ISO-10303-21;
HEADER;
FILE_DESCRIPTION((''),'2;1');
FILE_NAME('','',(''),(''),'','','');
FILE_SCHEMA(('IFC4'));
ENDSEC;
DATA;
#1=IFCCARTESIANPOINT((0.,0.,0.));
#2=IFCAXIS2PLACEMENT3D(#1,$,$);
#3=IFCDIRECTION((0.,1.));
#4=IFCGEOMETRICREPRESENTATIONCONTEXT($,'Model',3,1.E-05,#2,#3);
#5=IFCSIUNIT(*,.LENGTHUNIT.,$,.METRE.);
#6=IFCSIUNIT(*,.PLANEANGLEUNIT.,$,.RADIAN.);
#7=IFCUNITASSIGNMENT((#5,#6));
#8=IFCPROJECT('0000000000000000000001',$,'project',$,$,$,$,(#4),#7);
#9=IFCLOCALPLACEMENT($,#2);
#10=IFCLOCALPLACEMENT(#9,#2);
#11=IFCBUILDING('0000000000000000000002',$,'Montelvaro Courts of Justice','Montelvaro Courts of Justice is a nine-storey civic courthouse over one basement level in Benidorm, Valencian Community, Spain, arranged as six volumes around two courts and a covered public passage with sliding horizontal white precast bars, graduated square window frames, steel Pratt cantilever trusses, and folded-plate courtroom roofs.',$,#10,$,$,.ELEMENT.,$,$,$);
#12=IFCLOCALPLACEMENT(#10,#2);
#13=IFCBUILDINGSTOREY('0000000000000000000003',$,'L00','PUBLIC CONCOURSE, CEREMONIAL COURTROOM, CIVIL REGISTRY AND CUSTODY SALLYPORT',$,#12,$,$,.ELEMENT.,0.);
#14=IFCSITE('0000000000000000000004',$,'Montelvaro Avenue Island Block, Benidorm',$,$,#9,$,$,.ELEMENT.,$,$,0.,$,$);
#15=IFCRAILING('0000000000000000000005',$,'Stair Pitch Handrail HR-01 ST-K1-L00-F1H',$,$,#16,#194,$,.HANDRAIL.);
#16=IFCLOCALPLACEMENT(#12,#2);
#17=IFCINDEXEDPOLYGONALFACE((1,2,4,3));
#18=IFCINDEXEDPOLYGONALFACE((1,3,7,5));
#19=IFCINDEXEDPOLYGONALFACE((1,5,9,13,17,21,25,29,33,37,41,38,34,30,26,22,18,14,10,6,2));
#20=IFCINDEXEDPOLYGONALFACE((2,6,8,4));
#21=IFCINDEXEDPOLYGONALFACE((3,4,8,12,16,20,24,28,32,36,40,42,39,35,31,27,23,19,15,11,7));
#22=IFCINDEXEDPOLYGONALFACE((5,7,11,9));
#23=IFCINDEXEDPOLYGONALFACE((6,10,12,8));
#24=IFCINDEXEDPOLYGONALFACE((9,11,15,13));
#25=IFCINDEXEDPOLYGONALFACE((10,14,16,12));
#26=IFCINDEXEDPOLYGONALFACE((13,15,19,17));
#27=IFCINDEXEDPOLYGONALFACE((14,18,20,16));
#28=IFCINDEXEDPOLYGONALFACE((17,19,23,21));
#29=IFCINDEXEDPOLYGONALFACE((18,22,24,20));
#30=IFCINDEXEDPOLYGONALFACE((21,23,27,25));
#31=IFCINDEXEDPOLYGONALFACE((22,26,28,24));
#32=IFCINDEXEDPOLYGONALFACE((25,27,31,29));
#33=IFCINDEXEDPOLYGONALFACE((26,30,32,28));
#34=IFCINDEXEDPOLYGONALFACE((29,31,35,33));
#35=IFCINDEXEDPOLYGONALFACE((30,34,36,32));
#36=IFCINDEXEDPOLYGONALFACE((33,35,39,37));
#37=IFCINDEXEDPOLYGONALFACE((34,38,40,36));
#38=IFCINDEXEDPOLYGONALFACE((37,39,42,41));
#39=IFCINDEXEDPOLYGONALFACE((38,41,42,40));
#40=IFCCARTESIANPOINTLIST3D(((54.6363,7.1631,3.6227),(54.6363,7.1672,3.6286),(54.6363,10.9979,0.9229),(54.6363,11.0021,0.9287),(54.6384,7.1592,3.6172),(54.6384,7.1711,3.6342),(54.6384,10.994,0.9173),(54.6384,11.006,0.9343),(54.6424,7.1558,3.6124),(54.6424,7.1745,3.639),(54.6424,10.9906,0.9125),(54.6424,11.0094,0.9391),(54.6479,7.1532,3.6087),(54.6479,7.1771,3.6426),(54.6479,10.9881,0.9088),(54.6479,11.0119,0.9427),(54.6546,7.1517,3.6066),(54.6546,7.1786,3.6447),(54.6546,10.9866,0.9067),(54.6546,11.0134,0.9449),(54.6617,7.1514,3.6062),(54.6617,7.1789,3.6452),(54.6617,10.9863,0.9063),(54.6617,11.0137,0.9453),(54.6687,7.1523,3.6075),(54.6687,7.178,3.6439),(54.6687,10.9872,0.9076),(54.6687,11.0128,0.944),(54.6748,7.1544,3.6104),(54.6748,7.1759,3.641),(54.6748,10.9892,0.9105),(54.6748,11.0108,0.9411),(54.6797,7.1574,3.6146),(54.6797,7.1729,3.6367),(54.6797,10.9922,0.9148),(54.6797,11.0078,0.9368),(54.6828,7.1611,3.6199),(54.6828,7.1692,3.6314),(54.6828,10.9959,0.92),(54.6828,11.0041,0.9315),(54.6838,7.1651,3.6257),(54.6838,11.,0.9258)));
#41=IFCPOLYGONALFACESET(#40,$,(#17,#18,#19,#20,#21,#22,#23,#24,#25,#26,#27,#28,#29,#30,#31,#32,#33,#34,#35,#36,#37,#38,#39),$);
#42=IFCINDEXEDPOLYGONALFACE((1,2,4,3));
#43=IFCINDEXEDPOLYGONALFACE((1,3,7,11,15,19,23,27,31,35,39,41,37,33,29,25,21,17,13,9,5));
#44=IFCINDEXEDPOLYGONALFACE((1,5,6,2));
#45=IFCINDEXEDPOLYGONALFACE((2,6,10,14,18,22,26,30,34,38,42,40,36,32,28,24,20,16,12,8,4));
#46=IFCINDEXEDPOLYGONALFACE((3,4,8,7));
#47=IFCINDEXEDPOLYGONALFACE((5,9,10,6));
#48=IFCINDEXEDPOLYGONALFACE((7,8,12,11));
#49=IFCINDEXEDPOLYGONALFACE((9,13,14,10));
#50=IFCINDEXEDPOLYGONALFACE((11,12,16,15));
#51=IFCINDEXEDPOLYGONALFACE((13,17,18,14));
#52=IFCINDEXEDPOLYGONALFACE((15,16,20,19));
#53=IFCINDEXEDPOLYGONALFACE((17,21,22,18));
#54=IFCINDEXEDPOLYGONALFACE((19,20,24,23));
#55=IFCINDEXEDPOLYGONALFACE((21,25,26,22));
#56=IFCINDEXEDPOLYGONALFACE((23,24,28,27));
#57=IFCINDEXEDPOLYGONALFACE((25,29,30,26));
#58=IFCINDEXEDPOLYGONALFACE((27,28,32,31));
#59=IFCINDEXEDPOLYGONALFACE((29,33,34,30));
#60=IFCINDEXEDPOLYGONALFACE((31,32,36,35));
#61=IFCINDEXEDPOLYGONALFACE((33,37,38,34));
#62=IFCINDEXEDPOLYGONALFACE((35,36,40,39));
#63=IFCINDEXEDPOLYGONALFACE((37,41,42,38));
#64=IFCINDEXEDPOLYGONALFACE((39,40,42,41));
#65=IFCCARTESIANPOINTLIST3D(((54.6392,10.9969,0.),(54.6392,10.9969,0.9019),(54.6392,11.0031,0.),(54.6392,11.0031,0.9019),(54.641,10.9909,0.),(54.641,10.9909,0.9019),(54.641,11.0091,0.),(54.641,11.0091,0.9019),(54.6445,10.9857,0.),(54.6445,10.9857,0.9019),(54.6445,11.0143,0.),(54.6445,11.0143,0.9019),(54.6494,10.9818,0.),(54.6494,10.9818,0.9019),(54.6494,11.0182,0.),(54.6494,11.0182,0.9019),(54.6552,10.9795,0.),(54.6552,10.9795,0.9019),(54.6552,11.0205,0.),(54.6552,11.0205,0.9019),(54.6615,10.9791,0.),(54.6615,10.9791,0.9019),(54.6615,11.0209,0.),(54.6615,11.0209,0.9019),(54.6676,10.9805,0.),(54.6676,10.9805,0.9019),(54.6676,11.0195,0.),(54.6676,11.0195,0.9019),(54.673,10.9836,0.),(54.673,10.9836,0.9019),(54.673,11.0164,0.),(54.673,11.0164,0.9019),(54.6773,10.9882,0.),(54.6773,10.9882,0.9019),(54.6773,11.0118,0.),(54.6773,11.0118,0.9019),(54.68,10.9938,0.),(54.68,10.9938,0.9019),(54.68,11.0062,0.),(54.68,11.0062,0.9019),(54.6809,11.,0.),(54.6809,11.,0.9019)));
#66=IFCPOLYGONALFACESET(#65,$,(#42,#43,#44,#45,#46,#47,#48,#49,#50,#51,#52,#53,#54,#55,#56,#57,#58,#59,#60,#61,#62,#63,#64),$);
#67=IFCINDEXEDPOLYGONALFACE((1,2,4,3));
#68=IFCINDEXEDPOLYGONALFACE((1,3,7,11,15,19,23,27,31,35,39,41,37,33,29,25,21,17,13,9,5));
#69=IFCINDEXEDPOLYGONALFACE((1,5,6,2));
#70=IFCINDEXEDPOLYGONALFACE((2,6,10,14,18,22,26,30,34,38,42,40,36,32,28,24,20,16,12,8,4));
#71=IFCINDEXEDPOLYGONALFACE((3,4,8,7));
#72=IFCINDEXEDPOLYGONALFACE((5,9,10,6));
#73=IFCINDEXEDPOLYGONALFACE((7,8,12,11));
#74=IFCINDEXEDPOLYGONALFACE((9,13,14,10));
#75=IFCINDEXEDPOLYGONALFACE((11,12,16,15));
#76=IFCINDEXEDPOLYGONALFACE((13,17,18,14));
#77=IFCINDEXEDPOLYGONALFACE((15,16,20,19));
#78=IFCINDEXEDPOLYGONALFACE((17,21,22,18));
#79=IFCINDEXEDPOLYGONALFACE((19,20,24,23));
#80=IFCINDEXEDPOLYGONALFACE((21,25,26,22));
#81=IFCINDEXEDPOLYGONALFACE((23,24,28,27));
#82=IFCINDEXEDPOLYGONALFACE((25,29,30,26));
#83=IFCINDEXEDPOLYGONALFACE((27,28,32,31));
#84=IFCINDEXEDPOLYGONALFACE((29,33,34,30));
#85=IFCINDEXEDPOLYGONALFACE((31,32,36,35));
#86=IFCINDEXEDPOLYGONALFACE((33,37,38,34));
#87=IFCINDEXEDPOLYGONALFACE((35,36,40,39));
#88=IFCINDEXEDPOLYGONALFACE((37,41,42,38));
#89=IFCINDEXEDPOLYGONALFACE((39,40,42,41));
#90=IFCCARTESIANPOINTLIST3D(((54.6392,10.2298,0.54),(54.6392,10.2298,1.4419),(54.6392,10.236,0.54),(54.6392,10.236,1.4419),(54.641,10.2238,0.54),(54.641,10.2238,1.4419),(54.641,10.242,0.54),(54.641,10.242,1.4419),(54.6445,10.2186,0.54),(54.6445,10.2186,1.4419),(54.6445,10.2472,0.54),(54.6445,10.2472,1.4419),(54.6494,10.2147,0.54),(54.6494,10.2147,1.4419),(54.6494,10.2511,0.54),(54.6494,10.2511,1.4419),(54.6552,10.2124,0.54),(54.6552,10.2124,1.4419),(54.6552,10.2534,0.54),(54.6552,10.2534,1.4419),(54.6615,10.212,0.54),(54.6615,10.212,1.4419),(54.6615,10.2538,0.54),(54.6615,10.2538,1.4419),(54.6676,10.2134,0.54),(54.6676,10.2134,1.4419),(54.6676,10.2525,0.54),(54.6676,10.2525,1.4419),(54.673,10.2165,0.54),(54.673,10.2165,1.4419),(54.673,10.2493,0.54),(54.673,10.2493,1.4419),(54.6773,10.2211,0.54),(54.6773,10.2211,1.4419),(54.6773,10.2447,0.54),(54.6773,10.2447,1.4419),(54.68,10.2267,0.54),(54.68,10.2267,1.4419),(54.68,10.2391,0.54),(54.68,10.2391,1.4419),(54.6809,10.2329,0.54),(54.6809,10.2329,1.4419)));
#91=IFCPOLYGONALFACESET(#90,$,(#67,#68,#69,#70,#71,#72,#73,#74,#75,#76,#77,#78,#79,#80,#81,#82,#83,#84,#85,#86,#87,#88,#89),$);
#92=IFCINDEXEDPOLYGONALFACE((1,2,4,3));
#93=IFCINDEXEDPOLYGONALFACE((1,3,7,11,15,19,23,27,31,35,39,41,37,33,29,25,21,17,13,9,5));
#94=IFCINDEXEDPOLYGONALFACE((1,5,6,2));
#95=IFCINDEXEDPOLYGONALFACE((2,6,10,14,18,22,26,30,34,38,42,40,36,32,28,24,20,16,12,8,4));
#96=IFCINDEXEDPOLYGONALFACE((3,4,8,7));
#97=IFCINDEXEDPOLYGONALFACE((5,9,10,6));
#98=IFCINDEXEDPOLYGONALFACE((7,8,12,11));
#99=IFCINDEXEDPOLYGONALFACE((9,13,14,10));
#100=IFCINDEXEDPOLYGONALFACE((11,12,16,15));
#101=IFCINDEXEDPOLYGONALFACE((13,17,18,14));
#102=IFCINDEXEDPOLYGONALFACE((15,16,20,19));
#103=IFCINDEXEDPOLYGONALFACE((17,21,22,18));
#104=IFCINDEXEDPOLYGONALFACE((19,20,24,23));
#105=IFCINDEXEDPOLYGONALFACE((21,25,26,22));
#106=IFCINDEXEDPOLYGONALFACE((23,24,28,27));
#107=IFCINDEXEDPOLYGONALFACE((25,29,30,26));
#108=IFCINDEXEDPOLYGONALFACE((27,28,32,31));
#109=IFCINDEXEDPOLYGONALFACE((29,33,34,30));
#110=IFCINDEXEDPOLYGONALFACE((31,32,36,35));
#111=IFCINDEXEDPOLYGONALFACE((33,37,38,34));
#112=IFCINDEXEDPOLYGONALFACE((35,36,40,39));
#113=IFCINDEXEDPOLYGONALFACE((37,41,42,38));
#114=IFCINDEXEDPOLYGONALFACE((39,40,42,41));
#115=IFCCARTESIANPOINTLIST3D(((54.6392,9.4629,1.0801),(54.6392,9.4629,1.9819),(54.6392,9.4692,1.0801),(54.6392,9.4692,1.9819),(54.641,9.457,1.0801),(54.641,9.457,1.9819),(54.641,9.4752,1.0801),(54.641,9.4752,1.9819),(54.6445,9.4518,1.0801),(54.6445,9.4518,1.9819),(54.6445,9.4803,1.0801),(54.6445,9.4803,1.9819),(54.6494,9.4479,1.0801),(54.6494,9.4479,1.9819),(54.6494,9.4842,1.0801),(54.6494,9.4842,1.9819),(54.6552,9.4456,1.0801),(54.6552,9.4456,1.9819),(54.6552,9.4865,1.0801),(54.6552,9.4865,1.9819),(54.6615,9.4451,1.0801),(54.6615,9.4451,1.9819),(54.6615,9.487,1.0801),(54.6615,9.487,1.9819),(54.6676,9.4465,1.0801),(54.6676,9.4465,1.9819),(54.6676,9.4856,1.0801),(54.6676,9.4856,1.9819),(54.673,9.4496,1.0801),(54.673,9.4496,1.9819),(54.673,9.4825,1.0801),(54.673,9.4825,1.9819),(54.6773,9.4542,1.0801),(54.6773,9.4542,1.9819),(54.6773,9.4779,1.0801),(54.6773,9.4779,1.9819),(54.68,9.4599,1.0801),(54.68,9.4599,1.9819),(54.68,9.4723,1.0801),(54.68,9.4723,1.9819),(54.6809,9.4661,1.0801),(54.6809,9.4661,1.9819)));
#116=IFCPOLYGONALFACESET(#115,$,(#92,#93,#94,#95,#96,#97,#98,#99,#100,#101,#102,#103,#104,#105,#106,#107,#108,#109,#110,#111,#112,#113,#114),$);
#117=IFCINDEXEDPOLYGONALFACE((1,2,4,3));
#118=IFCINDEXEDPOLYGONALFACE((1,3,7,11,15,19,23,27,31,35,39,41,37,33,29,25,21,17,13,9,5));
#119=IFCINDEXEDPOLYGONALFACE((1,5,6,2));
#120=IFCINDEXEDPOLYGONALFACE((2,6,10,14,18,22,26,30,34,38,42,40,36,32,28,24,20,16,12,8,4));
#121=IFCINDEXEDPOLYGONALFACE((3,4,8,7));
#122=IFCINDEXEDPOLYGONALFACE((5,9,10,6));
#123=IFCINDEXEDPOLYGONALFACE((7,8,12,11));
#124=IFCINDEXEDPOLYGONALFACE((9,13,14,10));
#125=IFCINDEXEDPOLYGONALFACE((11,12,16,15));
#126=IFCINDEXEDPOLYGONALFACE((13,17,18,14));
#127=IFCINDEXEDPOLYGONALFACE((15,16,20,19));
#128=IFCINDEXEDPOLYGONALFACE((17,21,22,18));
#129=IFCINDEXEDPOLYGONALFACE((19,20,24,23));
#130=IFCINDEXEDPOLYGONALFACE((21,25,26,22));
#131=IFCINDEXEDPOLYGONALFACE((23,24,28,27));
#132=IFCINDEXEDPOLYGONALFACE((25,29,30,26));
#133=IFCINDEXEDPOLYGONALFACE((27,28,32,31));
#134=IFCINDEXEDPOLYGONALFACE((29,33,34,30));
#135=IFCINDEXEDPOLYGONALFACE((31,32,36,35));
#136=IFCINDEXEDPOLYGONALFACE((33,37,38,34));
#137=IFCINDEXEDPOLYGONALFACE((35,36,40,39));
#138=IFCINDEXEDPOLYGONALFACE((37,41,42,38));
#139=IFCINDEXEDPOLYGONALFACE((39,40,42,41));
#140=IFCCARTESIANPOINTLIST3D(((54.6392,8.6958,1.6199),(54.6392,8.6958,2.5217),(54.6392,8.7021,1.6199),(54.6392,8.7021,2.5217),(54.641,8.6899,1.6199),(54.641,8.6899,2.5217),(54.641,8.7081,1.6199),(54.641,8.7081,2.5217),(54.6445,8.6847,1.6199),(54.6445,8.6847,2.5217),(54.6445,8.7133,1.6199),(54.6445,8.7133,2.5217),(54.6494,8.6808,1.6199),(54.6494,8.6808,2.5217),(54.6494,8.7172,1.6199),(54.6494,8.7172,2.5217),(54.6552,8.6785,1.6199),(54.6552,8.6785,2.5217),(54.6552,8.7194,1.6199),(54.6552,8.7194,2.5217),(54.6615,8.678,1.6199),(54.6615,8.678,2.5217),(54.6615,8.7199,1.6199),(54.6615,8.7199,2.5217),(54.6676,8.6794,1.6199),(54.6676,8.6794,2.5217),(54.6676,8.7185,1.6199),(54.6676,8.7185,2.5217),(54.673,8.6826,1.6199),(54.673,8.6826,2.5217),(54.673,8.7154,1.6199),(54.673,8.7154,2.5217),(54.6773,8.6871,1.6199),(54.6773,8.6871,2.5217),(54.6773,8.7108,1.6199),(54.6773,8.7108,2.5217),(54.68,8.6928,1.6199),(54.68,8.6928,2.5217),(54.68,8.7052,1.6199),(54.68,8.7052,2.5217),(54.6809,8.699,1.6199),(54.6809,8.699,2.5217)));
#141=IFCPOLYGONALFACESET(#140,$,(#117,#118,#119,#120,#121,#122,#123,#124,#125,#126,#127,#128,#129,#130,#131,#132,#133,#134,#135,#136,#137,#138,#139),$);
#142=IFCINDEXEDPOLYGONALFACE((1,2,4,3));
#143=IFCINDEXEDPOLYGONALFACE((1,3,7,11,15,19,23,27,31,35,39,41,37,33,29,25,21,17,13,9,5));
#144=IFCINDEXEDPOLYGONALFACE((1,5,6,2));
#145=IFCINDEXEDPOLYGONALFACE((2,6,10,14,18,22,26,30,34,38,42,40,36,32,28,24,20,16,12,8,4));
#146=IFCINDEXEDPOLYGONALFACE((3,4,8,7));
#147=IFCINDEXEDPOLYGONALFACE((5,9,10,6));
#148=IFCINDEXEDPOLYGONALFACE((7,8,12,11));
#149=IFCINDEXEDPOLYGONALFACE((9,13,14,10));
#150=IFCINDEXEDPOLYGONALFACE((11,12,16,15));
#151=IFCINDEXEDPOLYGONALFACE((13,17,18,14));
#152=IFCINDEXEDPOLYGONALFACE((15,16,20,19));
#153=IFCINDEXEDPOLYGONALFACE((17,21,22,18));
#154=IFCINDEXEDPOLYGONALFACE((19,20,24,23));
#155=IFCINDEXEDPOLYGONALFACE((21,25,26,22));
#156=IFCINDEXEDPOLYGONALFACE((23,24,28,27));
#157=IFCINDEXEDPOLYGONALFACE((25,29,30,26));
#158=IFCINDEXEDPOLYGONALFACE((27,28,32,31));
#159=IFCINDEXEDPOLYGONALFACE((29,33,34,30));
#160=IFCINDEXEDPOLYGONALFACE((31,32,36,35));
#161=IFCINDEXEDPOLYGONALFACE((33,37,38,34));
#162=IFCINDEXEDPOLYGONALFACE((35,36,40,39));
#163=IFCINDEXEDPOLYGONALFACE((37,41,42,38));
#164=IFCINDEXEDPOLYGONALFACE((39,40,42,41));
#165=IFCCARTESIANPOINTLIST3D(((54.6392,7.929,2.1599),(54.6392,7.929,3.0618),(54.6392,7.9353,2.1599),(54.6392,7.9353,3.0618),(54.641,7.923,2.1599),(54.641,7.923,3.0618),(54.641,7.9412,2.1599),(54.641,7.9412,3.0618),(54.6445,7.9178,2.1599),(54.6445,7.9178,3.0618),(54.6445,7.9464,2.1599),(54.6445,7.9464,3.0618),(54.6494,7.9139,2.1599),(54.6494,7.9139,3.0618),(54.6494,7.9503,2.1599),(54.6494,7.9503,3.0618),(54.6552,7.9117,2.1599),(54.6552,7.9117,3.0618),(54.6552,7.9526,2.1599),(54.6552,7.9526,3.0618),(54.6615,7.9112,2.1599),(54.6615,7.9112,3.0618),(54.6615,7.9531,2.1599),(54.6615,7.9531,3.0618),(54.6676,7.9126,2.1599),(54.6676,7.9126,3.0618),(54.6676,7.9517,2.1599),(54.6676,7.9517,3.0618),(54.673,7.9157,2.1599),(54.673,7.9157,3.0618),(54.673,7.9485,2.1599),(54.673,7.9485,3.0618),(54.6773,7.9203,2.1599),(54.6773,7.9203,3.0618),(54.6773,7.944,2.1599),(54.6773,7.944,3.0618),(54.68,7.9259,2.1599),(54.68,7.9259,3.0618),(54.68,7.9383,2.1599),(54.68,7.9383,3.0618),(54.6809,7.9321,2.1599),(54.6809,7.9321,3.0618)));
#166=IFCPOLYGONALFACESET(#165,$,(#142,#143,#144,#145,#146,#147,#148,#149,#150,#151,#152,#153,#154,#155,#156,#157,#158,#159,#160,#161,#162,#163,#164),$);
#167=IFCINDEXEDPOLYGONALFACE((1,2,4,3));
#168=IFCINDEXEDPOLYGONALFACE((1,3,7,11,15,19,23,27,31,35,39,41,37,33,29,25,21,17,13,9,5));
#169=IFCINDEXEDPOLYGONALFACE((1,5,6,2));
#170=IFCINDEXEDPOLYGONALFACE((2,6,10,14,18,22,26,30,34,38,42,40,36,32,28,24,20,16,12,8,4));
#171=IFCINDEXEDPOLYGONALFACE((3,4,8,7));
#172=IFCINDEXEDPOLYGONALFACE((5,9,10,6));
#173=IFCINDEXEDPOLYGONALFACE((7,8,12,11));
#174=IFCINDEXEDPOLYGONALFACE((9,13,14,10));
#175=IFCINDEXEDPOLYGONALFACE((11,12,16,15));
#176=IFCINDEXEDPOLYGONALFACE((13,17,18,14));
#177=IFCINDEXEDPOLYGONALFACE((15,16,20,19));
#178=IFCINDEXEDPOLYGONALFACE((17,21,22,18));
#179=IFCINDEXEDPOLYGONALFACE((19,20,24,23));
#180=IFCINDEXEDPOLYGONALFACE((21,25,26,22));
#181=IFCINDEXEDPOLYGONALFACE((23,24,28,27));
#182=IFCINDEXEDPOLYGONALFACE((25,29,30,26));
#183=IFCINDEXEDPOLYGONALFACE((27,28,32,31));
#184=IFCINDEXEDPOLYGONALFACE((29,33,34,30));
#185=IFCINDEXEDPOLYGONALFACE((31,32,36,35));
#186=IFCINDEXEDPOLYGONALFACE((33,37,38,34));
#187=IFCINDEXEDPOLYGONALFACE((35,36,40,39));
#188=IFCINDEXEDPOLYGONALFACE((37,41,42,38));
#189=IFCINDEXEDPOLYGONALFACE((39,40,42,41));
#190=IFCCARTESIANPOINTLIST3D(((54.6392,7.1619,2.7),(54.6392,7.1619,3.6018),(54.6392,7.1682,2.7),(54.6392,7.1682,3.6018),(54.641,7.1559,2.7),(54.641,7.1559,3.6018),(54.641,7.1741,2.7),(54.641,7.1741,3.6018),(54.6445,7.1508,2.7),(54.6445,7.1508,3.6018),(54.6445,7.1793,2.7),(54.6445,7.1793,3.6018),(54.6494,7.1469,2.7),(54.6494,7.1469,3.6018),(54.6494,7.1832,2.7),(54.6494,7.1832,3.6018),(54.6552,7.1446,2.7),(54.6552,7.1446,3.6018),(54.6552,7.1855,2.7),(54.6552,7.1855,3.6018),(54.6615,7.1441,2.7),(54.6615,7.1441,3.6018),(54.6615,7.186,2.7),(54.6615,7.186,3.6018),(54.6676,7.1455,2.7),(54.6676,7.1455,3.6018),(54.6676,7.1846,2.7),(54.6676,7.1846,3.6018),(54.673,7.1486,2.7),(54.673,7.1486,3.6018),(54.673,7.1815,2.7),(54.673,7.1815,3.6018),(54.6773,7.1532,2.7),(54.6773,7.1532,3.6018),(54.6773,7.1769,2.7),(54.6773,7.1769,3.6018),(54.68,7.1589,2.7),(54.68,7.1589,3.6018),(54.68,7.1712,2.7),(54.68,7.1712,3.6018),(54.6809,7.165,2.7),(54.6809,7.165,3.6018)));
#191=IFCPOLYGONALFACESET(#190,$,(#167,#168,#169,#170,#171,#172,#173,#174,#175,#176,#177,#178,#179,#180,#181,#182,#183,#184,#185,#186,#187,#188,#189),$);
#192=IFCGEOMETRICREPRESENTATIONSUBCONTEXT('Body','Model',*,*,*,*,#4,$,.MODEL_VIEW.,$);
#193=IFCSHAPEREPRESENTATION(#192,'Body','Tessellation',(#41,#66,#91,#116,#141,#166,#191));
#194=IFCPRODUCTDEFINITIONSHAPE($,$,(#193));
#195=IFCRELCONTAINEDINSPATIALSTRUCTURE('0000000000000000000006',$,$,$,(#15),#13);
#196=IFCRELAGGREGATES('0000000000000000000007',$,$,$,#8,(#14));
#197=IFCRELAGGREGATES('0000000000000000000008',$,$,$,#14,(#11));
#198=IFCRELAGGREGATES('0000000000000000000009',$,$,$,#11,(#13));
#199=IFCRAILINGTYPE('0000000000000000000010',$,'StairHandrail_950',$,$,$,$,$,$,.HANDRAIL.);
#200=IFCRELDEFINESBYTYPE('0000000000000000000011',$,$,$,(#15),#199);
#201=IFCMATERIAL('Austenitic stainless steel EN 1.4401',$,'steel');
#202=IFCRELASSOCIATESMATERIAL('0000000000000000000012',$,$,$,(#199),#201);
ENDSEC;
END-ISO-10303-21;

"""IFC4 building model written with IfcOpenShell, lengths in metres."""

from ifc_helpers import new_model, si_unit, direction, frame, origin, origin_2d, place, context, subcontext, project, spatial, circle, extrude, material, type_object, element, save


model = new_model("IFC4")

# Units and contexts
model_context = context("Model", 3, precision=1e-05, world=origin(), true_north=direction((0.0, 1.0)))
body_context = subcontext(model_context, "Body", "Model", "MODEL_VIEW")
ifc_project = project(units=[si_unit("LENGTHUNIT", "METRE"), si_unit("PLANEANGLEUNIT", "RADIAN")], contexts=[model_context])

# Site, building, storey
site_placement = place(None, origin())
site = spatial("IfcSite", under=ifc_project, at=site_placement, Name="Montelvaro Avenue Island Block, Benidorm", CompositionType="ELEMENT", RefElevation=0.0)
building_placement = place(site_placement, origin())
building = spatial("IfcBuilding", under=site, at=building_placement, Name="Montelvaro Courts of Justice", Description="Montelvaro Courts of Justice is a nine-storey civic courthouse over one basement level in Benidorm, Valencian Community, Spain, arranged as six volumes around two courts and a covered public passage with sliding horizontal white precast bars, graduated square window frames, steel Pratt cantilever trusses, and folded-plate courtroom roofs.", CompositionType="ELEMENT")
storey_placement = place(building_placement, origin())
storey = spatial("IfcBuildingStorey", under=building, at=storey_placement, Name="L00", Description="PUBLIC CONCOURSE, CEREMONIAL COURTROOM, CIVIL REGISTRY AND CUSTODY SALLYPORT", CompositionType="ELEMENT", Elevation=0.0)

# Railing
ifc_material_1 = material(Name="Austenitic stainless steel EN 1.4401", Category="steel")
railing_type_1 = type_object("IfcRailingType", Name="StairHandrail_950", PredefinedType="HANDRAIL", material=ifc_material_1)
railing_1_placement = place(storey_placement, frame((54.6599, 11.0, 0.0)))
element("IfcRailing", 1, at=railing_1_placement, inside=storey, type_object=railing_type_1, Name="Stair Pitch Handrail HR-01 ST-K1-L00-F1H", PredefinedType="HANDRAIL", context=body_context, shape_type="SweptSolid", body=[
    extrude(circle(Radius=0.0239, at=origin_2d()), frame((0.0, 0.0, 0.9258), z_axis=(0.0, -0.817678, 0.575675), x_axis=(1.0, 0.0, 0.0)), (0.0, 0.0, 1.0), 4.6899),
    extrude(circle(Radius=0.021, at=origin_2d()), origin(), (0.0, 0.0, 1.0), 0.9019),
    extrude(circle(Radius=0.021, at=origin_2d()), frame((0.0, -0.7671, 0.54)), (0.0, 0.0, 1.0), 0.9019),
    extrude(circle(Radius=0.021, at=origin_2d()), frame((0.0, -1.5339, 1.0801)), (0.0, 0.0, 1.0), 0.9019),
    extrude(circle(Radius=0.021, at=origin_2d()), frame((0.0, -2.301, 1.6199)), (0.0, 0.0, 1.0), 0.9019),
    extrude(circle(Radius=0.021, at=origin_2d()), frame((0.0, -3.0679, 2.1599)), (0.0, 0.0, 1.0), 0.9019),
    extrude(circle(Radius=0.021, at=origin_2d()), frame((0.0, -3.835, 2.7)), (0.0, 0.0, 1.0), 0.9019),
])

save(model, "model.ifc")
